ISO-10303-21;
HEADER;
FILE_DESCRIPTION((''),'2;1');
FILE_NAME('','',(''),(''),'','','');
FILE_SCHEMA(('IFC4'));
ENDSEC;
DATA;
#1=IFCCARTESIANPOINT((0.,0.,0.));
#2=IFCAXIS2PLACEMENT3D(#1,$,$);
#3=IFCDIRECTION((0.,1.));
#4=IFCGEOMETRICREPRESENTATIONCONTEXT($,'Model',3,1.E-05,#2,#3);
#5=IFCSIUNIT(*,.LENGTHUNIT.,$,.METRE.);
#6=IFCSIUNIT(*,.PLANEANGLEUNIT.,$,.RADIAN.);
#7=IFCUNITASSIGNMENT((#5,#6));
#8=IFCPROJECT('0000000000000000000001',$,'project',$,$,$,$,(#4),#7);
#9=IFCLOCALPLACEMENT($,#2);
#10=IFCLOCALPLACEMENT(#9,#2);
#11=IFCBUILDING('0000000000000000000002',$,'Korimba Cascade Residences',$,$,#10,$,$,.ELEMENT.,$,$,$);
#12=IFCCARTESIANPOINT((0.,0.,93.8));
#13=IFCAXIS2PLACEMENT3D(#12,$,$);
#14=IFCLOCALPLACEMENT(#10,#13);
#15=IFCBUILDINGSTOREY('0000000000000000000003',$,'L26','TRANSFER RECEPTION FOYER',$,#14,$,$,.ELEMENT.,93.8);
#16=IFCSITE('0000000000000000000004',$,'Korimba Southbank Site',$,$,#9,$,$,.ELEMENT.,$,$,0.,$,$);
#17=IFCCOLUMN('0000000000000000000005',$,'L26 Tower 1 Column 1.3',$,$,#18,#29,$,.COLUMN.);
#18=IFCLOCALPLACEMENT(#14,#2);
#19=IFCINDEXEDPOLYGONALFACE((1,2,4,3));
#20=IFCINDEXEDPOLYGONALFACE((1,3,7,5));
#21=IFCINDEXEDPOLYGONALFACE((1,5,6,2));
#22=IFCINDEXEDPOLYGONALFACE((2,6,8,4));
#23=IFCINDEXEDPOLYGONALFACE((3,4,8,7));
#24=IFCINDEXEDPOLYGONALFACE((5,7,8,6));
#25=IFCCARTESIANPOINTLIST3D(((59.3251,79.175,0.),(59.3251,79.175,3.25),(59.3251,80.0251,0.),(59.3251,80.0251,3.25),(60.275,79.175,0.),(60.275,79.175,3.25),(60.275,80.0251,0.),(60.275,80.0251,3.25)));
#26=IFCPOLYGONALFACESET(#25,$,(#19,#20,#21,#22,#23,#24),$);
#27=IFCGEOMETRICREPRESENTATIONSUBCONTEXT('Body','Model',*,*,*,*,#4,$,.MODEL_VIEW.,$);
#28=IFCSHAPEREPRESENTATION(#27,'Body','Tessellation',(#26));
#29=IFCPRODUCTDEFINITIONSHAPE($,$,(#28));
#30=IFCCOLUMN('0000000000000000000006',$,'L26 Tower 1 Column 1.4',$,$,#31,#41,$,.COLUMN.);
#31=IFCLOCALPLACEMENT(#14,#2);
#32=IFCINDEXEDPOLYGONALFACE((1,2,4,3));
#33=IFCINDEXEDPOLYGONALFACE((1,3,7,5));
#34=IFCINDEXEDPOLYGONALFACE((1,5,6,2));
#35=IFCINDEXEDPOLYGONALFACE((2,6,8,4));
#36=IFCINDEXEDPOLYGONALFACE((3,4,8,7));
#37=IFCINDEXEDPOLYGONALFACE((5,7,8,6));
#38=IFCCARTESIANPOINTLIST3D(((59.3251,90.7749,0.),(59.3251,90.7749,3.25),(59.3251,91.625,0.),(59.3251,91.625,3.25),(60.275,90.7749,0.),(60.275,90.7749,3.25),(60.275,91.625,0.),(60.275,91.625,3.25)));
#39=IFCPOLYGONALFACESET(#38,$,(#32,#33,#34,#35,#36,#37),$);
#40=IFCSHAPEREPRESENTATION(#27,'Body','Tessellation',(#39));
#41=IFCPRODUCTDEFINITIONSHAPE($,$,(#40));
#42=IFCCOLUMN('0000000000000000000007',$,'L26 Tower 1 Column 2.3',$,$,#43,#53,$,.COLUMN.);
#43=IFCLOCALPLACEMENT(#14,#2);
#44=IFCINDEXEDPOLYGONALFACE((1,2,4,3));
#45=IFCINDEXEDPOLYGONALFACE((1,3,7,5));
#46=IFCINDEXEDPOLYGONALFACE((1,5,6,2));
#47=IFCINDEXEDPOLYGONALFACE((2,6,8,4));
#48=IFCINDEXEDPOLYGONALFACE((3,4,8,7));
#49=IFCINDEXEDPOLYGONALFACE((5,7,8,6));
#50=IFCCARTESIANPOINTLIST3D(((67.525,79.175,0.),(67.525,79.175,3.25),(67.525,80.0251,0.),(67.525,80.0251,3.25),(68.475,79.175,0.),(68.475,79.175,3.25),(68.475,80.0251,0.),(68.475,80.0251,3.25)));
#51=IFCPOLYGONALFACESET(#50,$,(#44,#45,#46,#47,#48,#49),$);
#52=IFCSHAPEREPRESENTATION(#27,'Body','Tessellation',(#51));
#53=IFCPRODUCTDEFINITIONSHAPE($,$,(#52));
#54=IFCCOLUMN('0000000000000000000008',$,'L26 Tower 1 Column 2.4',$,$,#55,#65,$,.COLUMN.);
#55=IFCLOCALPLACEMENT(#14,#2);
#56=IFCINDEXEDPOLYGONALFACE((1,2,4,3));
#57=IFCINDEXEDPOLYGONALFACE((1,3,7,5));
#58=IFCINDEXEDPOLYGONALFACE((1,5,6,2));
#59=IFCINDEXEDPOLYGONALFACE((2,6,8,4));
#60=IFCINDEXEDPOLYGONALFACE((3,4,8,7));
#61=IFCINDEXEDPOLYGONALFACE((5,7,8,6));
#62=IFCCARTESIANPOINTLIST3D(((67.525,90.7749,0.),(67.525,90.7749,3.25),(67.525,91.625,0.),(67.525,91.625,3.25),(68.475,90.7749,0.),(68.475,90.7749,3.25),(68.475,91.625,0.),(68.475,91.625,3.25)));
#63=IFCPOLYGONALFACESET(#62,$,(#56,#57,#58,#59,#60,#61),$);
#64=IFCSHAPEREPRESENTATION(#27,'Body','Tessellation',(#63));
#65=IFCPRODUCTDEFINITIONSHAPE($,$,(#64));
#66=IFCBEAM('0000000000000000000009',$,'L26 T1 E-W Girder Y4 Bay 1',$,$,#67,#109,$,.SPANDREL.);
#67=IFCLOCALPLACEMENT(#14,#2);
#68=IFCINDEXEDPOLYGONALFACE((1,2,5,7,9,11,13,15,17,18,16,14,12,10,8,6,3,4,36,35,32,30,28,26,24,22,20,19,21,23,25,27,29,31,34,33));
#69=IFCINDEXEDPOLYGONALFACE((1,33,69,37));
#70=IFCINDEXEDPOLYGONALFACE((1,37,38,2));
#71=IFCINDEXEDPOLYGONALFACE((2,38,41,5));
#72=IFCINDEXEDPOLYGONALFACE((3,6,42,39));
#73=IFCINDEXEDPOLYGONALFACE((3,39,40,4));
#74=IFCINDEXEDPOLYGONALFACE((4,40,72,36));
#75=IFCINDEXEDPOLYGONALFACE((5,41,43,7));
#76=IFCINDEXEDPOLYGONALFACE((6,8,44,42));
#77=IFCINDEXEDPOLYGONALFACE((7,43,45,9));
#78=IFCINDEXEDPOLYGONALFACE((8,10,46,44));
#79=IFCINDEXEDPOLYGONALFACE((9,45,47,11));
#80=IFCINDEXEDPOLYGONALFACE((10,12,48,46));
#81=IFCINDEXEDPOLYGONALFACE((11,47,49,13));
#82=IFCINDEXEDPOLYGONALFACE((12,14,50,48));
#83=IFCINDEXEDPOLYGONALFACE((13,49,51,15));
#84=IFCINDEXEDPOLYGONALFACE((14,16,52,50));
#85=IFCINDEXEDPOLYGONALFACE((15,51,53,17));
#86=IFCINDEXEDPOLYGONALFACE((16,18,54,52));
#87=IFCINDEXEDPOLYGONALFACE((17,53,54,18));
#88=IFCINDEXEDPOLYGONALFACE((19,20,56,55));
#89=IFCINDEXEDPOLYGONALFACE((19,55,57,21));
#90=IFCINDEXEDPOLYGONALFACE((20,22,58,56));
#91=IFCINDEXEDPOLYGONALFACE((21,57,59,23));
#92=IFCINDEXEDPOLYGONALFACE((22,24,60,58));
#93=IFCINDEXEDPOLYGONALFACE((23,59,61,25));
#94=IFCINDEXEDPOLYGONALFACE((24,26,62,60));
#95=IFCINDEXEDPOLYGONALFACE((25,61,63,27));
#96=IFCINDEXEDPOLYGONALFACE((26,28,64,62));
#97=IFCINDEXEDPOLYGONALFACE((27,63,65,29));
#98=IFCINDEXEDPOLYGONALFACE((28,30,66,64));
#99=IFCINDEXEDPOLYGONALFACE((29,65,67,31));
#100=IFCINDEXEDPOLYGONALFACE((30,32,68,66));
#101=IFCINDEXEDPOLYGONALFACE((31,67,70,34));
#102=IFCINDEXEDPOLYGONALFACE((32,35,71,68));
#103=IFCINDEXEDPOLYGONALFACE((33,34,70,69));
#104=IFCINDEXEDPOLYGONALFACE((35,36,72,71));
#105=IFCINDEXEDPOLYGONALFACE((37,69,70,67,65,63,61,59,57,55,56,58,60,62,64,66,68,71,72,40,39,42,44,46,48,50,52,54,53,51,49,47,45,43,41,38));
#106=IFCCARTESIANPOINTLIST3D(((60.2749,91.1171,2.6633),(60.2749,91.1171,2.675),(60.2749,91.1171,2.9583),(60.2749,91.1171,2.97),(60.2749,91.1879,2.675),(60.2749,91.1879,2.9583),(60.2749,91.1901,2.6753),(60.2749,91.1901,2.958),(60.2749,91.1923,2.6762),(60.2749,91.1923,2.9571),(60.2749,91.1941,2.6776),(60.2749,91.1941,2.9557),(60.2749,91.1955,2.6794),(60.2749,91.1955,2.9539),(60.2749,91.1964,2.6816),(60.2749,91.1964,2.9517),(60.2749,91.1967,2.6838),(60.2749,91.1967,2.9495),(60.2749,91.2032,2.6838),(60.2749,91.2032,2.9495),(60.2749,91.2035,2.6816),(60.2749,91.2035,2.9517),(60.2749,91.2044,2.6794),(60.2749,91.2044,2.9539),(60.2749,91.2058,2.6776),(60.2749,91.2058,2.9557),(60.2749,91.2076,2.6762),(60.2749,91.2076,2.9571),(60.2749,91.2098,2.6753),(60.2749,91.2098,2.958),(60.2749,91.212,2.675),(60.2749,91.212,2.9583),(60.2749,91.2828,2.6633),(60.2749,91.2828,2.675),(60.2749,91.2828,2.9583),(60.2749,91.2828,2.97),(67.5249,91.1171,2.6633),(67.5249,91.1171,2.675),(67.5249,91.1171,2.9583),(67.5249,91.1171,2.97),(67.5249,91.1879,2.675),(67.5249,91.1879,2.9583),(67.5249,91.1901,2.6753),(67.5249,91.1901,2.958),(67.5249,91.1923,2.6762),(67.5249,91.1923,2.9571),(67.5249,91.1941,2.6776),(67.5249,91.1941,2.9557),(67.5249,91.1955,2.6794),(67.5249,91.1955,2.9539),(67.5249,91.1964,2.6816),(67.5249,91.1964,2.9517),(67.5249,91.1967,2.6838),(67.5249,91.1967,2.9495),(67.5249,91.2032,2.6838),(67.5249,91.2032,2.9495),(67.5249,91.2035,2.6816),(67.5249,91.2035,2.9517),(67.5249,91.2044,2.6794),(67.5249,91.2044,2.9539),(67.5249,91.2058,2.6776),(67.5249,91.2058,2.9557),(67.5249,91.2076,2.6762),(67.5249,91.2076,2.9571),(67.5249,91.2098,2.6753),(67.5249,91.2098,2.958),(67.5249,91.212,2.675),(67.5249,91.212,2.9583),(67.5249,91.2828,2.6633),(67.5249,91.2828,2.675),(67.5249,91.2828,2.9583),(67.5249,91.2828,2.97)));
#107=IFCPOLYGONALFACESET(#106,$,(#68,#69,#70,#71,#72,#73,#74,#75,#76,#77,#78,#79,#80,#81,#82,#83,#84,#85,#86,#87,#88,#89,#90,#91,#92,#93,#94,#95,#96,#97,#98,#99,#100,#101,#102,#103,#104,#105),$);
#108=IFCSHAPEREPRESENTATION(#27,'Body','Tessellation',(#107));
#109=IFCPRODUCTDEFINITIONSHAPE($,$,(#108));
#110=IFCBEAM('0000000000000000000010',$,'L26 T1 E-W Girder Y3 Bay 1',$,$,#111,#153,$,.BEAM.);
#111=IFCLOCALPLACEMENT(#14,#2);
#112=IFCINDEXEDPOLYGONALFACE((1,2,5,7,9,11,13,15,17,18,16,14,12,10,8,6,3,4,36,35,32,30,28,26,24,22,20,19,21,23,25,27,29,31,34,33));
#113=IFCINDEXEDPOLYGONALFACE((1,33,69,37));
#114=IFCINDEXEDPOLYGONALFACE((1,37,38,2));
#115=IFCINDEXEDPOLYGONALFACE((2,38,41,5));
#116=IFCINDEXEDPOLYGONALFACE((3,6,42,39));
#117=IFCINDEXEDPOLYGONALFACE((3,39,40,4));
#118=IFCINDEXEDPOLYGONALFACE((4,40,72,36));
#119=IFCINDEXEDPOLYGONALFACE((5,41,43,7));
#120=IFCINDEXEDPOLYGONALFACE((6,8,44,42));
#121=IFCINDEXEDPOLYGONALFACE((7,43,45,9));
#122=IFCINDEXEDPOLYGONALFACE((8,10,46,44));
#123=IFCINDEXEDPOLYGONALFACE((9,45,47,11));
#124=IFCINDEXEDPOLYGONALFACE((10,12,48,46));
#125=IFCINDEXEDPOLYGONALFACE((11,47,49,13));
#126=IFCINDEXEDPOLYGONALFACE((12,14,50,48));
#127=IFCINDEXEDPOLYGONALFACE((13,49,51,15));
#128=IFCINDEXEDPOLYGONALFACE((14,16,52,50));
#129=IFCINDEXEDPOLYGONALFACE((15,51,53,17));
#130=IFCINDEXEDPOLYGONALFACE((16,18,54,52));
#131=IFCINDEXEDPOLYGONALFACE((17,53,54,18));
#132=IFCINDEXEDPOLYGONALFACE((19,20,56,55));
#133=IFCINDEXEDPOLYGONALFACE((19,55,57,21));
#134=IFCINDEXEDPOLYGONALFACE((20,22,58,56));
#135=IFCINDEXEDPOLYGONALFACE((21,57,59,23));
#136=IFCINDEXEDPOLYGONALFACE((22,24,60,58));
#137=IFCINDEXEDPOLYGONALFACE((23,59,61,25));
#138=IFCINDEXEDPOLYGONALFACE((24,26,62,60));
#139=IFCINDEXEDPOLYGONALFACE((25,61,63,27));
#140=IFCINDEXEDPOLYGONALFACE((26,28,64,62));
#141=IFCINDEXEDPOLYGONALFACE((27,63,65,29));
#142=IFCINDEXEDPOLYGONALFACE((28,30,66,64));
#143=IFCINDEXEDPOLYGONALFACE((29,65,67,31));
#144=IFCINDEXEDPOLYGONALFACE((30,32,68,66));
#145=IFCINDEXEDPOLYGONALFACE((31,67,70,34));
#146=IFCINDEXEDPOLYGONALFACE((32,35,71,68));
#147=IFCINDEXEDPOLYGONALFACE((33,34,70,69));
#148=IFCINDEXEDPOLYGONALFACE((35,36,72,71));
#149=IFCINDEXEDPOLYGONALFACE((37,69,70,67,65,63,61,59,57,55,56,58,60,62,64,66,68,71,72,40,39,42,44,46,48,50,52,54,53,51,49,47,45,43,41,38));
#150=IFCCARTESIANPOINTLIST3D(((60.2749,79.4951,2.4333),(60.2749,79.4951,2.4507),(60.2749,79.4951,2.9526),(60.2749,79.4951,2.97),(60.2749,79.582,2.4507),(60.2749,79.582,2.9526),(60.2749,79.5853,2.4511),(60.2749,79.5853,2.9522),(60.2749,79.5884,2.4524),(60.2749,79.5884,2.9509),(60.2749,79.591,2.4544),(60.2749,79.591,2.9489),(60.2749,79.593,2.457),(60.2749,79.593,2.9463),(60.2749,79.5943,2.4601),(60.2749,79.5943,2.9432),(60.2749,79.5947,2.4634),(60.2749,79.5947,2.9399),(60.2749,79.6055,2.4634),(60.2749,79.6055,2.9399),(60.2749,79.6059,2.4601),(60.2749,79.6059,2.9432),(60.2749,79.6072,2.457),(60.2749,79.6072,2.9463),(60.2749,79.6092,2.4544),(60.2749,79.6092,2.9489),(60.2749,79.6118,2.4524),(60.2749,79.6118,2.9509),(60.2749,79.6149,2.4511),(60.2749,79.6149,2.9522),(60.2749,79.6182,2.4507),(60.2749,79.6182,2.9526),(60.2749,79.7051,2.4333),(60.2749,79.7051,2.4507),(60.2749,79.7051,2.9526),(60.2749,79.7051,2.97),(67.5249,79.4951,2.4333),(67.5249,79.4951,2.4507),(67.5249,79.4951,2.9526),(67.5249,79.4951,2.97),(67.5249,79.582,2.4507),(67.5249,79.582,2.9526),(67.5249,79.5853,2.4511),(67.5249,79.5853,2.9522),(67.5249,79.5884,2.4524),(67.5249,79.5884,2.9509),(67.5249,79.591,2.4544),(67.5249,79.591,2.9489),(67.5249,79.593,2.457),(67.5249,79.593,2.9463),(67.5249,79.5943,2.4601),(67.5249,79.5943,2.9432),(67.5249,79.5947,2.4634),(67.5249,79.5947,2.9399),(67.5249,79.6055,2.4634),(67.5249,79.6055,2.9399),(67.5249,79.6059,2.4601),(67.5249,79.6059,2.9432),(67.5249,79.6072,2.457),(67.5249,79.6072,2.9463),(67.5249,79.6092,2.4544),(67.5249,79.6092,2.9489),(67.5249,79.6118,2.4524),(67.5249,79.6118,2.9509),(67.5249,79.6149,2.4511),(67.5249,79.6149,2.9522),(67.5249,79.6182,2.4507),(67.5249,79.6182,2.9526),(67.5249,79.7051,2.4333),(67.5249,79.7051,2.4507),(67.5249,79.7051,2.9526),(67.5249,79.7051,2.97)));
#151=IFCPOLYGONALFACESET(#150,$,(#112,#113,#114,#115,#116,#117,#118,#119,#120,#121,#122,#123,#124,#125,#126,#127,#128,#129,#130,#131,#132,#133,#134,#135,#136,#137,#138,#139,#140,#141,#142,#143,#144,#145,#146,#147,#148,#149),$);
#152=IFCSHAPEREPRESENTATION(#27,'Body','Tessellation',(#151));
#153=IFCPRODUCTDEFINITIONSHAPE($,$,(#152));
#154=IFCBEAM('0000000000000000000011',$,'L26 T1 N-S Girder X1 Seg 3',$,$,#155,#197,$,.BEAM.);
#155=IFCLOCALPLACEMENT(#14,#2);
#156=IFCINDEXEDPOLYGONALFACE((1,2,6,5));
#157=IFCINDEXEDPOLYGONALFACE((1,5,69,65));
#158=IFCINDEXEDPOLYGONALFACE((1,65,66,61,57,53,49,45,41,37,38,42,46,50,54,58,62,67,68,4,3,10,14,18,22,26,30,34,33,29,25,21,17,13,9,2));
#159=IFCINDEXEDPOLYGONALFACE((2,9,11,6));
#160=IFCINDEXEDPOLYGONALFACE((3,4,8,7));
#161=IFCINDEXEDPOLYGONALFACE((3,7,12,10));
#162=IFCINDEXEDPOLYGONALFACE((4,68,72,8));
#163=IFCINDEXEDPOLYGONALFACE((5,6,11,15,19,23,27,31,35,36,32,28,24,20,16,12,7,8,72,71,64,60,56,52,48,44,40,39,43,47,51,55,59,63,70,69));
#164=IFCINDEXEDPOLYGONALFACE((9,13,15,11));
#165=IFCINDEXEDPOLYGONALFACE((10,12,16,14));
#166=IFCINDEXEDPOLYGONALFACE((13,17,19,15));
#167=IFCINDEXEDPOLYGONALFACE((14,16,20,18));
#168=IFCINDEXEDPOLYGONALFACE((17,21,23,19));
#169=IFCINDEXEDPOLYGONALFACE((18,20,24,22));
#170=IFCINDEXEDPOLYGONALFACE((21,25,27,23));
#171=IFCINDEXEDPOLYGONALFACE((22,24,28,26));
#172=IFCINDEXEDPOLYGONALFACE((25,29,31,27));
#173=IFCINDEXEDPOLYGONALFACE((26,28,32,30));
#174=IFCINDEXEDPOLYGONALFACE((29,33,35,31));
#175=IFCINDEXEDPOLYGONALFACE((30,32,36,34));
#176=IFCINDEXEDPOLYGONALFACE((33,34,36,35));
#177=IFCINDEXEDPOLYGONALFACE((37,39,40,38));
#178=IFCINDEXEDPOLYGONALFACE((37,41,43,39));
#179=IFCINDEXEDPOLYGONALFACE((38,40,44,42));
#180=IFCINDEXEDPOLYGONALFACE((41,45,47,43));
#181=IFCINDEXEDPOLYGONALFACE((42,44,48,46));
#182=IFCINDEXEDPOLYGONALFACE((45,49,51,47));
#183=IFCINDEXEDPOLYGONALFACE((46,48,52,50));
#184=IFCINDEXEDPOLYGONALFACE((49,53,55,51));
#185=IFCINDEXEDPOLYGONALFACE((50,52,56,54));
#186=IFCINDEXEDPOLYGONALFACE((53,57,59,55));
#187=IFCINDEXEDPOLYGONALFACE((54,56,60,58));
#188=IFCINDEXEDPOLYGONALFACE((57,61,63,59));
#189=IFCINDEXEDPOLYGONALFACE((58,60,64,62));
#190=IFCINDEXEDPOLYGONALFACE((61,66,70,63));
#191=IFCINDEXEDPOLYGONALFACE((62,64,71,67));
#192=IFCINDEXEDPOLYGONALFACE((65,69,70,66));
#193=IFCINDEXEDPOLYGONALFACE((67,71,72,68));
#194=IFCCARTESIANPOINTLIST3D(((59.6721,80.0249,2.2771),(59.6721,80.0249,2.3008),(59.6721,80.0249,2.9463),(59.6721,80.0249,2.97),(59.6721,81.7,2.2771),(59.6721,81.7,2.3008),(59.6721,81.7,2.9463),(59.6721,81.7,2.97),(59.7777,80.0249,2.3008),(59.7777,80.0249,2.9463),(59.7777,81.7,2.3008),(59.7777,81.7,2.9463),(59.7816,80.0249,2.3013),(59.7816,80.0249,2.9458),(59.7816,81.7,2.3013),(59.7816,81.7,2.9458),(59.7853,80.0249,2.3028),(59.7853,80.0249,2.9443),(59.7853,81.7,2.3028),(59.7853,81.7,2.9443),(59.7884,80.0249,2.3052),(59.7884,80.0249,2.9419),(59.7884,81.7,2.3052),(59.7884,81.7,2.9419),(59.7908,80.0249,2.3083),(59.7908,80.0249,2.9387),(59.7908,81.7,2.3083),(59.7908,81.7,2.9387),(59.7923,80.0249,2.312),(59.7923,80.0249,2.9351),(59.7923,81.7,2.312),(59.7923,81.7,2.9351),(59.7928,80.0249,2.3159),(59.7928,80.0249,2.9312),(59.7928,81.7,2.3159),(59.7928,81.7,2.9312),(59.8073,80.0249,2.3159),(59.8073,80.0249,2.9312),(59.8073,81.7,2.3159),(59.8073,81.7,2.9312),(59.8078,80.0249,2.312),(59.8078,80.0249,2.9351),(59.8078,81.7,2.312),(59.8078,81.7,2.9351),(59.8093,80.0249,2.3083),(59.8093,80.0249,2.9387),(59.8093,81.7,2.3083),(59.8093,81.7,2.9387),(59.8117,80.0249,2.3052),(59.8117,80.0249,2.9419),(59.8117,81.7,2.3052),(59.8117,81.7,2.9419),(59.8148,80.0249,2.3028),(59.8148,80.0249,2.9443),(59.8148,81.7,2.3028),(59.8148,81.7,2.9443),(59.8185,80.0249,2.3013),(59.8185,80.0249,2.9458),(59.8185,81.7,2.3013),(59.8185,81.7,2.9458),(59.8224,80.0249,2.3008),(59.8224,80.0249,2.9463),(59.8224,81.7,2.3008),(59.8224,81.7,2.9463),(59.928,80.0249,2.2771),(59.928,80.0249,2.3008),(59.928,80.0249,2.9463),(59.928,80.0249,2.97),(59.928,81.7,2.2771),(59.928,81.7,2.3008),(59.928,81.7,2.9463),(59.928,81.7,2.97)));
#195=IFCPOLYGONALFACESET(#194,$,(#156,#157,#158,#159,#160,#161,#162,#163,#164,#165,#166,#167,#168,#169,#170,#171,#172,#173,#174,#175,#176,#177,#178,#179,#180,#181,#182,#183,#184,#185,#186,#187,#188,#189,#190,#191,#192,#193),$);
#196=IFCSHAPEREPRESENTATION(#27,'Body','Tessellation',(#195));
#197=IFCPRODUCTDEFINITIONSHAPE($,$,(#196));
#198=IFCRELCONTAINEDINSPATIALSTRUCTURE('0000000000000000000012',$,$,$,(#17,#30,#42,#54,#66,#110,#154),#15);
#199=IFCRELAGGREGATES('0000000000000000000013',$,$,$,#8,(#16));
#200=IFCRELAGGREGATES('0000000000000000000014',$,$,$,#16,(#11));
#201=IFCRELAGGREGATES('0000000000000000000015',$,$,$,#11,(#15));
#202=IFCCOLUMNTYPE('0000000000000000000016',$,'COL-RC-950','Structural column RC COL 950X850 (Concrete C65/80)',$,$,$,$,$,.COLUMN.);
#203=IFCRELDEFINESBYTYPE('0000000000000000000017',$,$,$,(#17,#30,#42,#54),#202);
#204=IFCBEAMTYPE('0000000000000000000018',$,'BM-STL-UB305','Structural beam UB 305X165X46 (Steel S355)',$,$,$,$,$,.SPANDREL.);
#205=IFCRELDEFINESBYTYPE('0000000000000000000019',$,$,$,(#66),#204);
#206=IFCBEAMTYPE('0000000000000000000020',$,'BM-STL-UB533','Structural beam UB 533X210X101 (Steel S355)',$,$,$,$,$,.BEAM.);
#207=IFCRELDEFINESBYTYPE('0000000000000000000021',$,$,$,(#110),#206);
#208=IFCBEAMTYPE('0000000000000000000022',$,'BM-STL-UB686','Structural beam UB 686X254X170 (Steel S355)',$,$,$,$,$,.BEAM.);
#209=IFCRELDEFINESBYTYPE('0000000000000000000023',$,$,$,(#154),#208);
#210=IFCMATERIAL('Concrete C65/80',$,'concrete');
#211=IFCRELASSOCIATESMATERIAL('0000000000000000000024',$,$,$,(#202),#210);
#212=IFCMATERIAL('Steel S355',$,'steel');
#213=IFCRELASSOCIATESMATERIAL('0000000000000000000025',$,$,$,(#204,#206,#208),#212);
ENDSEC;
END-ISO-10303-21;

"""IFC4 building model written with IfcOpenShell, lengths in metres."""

from ifc_helpers import new_model, si_unit, direction, frame, origin, origin_2d, place, context, subcontext, project, spatial, rectangle, i_section, extrude, material, material_profile, profile_set, type_object, element, save


model = new_model("IFC4")

# Units and contexts
model_context = context("Model", 3, precision=1e-05, world=origin(), true_north=direction((0.0, 1.0)))
body_context = subcontext(model_context, "Body", "Model", "MODEL_VIEW")
ifc_project = project(units=[si_unit("LENGTHUNIT", "METRE"), si_unit("PLANEANGLEUNIT", "RADIAN")], contexts=[model_context])

# Site, building, storey
site_placement = place(None, origin())
site = spatial("IfcSite", under=ifc_project, at=site_placement, Name="Korimba Southbank Site", CompositionType="ELEMENT", RefElevation=0.0)
building_placement = place(site_placement, origin())
building = spatial("IfcBuilding", under=site, at=building_placement, Name="Korimba Cascade Residences", CompositionType="ELEMENT")
storey_placement = place(building_placement, frame((0.0, 0.0, 93.8)))
storey = spatial("IfcBuildingStorey", under=building, at=storey_placement, Name="L26", Description="TRANSFER RECEPTION FOYER", CompositionType="ELEMENT", Elevation=93.8)

# Columns
ifc_material_1 = material(Name="Concrete C65/80", Category="concrete")
ifc_material_profile_1 = material_profile(ifc_material_1, rectangle(XDim=0.95, YDim=0.8501, at=origin_2d()), Name="Concrete C65/80")
ifc_profile_set_1 = profile_set([ifc_material_profile_1], Name="Concrete C65/80")
column_type = type_object("IfcColumnType", Name="COL-RC-950", Description="Structural column RC COL 950X850 (Concrete C65/80)", PredefinedType="COLUMN", material=ifc_profile_set_1)
for number, where, z_axis, x_axis, name in (
    (1, (59.8, 79.6001, 0.0), (0.0, 0.0, 1.0), (1.0, 0.0, 0.0), "L26 Tower 1 Column 1.3"),
    (2, (59.8, 91.2, 0.0), (0.0, 0.0, 1.0), (1.0, 0.0, 0.0), "L26 Tower 1 Column 1.4"),
    (3, (68.0, 79.6001, 0.0), (0.0, 0.0, 1.0), (1.0, 0.0, 0.0), "L26 Tower 1 Column 2.3"),
    (4, (68.0, 91.2, 0.0), (0.0, 0.0, 1.0), (1.0, 0.0, 0.0), "L26 Tower 1 Column 2.4"),
):
    element("IfcColumn", number, at=place(storey_placement, frame(where, z_axis=z_axis, x_axis=x_axis)), inside=storey, type_object=column_type, Name=name, PredefinedType="COLUMN", context=body_context, shape_type="SweptSolid", body=[
        extrude(rectangle(XDim=0.95, YDim=0.8501, at=origin_2d()), origin(), (0.0, 0.0, 1.0), 3.25),
    ])

# Beams
ifc_material_2 = material(Name="Steel S355", Category="steel")
ifc_material_profile_2 = material_profile(ifc_material_2, i_section(OverallWidth=0.1658, OverallDepth=0.3066, WebThickness=0.0066, FlangeThickness=0.0117, FilletRadius=0.0088, at=origin_2d()), Name="Steel S355")
ifc_profile_set_2 = profile_set([ifc_material_profile_2], Name="Steel S355")
beam_type_1 = type_object("IfcBeamType", Name="BM-STL-UB305", Description="Structural beam UB 305X165X46 (Steel S355)", PredefinedType="SPANDREL", material=ifc_profile_set_2)
beam_1_placement = place(storey_placement, frame((60.2749, 91.2, 2.8167), z_axis=(1.0, 0.0, 0.0), x_axis=(0.0, 1.0, 0.0)))
element("IfcBeam", 5, at=beam_1_placement, inside=storey, type_object=beam_type_1, Name="L26 T1 E-W Girder Y4 Bay 1", PredefinedType="SPANDREL", context=body_context, shape_type="SweptSolid", body=[
    extrude(i_section(OverallWidth=0.1658, OverallDepth=0.3066, WebThickness=0.0066, FlangeThickness=0.0117, FilletRadius=0.0088, at=origin_2d()), origin(), (0.0, 0.0, 1.0), 7.25),
])
ifc_material_profile_3 = material_profile(ifc_material_2, i_section(OverallWidth=0.21, OverallDepth=0.5366, WebThickness=0.0107, FlangeThickness=0.0173, FilletRadius=0.0127, at=origin_2d()), Name="Steel S355")
ifc_profile_set_3 = profile_set([ifc_material_profile_3], Name="Steel S355")
beam_type_2 = type_object("IfcBeamType", Name="BM-STL-UB533", Description="Structural beam UB 533X210X101 (Steel S355)", PredefinedType="BEAM", material=ifc_profile_set_3)
beam_2_placement = place(storey_placement, frame((60.2749, 79.6001, 2.7017), z_axis=(1.0, 0.0, 0.0), x_axis=(0.0, 1.0, 0.0)))
element("IfcBeam", 6, at=beam_2_placement, inside=storey, type_object=beam_type_2, Name="L26 T1 E-W Girder Y3 Bay 1", PredefinedType="BEAM", context=body_context, shape_type="SweptSolid", body=[
    extrude(i_section(OverallWidth=0.21, OverallDepth=0.5366, WebThickness=0.0107, FlangeThickness=0.0173, FilletRadius=0.0127, at=origin_2d()), origin(), (0.0, 0.0, 1.0), 7.25),
])
ifc_material_profile_4 = material_profile(ifc_material_2, i_section(OverallWidth=0.2559, OverallDepth=0.6929, WebThickness=0.0144, FlangeThickness=0.0237, FilletRadius=0.0151, at=origin_2d()), Name="Steel S355")
ifc_profile_set_4 = profile_set([ifc_material_profile_4], Name="Steel S355")
beam_type_3 = type_object("IfcBeamType", Name="BM-STL-UB686", Description="Structural beam UB 686X254X170 (Steel S355)", PredefinedType="BEAM", material=ifc_profile_set_4)
beam_3_placement = place(storey_placement, frame((59.8, 80.0249, 2.6235), z_axis=(0.0, 1.0, 0.0), x_axis=(-1.0, 0.0, 0.0)))
element("IfcBeam", 7, at=beam_3_placement, inside=storey, type_object=beam_type_3, Name="L26 T1 N-S Girder X1 Seg 3", PredefinedType="BEAM", context=body_context, shape_type="SweptSolid", body=[
    extrude(i_section(OverallWidth=0.2559, OverallDepth=0.6929, WebThickness=0.0144, FlangeThickness=0.0237, FilletRadius=0.0151, at=origin_2d()), origin(), (0.0, 0.0, 1.0), 1.675),
])

save(model, "model.ifc")
